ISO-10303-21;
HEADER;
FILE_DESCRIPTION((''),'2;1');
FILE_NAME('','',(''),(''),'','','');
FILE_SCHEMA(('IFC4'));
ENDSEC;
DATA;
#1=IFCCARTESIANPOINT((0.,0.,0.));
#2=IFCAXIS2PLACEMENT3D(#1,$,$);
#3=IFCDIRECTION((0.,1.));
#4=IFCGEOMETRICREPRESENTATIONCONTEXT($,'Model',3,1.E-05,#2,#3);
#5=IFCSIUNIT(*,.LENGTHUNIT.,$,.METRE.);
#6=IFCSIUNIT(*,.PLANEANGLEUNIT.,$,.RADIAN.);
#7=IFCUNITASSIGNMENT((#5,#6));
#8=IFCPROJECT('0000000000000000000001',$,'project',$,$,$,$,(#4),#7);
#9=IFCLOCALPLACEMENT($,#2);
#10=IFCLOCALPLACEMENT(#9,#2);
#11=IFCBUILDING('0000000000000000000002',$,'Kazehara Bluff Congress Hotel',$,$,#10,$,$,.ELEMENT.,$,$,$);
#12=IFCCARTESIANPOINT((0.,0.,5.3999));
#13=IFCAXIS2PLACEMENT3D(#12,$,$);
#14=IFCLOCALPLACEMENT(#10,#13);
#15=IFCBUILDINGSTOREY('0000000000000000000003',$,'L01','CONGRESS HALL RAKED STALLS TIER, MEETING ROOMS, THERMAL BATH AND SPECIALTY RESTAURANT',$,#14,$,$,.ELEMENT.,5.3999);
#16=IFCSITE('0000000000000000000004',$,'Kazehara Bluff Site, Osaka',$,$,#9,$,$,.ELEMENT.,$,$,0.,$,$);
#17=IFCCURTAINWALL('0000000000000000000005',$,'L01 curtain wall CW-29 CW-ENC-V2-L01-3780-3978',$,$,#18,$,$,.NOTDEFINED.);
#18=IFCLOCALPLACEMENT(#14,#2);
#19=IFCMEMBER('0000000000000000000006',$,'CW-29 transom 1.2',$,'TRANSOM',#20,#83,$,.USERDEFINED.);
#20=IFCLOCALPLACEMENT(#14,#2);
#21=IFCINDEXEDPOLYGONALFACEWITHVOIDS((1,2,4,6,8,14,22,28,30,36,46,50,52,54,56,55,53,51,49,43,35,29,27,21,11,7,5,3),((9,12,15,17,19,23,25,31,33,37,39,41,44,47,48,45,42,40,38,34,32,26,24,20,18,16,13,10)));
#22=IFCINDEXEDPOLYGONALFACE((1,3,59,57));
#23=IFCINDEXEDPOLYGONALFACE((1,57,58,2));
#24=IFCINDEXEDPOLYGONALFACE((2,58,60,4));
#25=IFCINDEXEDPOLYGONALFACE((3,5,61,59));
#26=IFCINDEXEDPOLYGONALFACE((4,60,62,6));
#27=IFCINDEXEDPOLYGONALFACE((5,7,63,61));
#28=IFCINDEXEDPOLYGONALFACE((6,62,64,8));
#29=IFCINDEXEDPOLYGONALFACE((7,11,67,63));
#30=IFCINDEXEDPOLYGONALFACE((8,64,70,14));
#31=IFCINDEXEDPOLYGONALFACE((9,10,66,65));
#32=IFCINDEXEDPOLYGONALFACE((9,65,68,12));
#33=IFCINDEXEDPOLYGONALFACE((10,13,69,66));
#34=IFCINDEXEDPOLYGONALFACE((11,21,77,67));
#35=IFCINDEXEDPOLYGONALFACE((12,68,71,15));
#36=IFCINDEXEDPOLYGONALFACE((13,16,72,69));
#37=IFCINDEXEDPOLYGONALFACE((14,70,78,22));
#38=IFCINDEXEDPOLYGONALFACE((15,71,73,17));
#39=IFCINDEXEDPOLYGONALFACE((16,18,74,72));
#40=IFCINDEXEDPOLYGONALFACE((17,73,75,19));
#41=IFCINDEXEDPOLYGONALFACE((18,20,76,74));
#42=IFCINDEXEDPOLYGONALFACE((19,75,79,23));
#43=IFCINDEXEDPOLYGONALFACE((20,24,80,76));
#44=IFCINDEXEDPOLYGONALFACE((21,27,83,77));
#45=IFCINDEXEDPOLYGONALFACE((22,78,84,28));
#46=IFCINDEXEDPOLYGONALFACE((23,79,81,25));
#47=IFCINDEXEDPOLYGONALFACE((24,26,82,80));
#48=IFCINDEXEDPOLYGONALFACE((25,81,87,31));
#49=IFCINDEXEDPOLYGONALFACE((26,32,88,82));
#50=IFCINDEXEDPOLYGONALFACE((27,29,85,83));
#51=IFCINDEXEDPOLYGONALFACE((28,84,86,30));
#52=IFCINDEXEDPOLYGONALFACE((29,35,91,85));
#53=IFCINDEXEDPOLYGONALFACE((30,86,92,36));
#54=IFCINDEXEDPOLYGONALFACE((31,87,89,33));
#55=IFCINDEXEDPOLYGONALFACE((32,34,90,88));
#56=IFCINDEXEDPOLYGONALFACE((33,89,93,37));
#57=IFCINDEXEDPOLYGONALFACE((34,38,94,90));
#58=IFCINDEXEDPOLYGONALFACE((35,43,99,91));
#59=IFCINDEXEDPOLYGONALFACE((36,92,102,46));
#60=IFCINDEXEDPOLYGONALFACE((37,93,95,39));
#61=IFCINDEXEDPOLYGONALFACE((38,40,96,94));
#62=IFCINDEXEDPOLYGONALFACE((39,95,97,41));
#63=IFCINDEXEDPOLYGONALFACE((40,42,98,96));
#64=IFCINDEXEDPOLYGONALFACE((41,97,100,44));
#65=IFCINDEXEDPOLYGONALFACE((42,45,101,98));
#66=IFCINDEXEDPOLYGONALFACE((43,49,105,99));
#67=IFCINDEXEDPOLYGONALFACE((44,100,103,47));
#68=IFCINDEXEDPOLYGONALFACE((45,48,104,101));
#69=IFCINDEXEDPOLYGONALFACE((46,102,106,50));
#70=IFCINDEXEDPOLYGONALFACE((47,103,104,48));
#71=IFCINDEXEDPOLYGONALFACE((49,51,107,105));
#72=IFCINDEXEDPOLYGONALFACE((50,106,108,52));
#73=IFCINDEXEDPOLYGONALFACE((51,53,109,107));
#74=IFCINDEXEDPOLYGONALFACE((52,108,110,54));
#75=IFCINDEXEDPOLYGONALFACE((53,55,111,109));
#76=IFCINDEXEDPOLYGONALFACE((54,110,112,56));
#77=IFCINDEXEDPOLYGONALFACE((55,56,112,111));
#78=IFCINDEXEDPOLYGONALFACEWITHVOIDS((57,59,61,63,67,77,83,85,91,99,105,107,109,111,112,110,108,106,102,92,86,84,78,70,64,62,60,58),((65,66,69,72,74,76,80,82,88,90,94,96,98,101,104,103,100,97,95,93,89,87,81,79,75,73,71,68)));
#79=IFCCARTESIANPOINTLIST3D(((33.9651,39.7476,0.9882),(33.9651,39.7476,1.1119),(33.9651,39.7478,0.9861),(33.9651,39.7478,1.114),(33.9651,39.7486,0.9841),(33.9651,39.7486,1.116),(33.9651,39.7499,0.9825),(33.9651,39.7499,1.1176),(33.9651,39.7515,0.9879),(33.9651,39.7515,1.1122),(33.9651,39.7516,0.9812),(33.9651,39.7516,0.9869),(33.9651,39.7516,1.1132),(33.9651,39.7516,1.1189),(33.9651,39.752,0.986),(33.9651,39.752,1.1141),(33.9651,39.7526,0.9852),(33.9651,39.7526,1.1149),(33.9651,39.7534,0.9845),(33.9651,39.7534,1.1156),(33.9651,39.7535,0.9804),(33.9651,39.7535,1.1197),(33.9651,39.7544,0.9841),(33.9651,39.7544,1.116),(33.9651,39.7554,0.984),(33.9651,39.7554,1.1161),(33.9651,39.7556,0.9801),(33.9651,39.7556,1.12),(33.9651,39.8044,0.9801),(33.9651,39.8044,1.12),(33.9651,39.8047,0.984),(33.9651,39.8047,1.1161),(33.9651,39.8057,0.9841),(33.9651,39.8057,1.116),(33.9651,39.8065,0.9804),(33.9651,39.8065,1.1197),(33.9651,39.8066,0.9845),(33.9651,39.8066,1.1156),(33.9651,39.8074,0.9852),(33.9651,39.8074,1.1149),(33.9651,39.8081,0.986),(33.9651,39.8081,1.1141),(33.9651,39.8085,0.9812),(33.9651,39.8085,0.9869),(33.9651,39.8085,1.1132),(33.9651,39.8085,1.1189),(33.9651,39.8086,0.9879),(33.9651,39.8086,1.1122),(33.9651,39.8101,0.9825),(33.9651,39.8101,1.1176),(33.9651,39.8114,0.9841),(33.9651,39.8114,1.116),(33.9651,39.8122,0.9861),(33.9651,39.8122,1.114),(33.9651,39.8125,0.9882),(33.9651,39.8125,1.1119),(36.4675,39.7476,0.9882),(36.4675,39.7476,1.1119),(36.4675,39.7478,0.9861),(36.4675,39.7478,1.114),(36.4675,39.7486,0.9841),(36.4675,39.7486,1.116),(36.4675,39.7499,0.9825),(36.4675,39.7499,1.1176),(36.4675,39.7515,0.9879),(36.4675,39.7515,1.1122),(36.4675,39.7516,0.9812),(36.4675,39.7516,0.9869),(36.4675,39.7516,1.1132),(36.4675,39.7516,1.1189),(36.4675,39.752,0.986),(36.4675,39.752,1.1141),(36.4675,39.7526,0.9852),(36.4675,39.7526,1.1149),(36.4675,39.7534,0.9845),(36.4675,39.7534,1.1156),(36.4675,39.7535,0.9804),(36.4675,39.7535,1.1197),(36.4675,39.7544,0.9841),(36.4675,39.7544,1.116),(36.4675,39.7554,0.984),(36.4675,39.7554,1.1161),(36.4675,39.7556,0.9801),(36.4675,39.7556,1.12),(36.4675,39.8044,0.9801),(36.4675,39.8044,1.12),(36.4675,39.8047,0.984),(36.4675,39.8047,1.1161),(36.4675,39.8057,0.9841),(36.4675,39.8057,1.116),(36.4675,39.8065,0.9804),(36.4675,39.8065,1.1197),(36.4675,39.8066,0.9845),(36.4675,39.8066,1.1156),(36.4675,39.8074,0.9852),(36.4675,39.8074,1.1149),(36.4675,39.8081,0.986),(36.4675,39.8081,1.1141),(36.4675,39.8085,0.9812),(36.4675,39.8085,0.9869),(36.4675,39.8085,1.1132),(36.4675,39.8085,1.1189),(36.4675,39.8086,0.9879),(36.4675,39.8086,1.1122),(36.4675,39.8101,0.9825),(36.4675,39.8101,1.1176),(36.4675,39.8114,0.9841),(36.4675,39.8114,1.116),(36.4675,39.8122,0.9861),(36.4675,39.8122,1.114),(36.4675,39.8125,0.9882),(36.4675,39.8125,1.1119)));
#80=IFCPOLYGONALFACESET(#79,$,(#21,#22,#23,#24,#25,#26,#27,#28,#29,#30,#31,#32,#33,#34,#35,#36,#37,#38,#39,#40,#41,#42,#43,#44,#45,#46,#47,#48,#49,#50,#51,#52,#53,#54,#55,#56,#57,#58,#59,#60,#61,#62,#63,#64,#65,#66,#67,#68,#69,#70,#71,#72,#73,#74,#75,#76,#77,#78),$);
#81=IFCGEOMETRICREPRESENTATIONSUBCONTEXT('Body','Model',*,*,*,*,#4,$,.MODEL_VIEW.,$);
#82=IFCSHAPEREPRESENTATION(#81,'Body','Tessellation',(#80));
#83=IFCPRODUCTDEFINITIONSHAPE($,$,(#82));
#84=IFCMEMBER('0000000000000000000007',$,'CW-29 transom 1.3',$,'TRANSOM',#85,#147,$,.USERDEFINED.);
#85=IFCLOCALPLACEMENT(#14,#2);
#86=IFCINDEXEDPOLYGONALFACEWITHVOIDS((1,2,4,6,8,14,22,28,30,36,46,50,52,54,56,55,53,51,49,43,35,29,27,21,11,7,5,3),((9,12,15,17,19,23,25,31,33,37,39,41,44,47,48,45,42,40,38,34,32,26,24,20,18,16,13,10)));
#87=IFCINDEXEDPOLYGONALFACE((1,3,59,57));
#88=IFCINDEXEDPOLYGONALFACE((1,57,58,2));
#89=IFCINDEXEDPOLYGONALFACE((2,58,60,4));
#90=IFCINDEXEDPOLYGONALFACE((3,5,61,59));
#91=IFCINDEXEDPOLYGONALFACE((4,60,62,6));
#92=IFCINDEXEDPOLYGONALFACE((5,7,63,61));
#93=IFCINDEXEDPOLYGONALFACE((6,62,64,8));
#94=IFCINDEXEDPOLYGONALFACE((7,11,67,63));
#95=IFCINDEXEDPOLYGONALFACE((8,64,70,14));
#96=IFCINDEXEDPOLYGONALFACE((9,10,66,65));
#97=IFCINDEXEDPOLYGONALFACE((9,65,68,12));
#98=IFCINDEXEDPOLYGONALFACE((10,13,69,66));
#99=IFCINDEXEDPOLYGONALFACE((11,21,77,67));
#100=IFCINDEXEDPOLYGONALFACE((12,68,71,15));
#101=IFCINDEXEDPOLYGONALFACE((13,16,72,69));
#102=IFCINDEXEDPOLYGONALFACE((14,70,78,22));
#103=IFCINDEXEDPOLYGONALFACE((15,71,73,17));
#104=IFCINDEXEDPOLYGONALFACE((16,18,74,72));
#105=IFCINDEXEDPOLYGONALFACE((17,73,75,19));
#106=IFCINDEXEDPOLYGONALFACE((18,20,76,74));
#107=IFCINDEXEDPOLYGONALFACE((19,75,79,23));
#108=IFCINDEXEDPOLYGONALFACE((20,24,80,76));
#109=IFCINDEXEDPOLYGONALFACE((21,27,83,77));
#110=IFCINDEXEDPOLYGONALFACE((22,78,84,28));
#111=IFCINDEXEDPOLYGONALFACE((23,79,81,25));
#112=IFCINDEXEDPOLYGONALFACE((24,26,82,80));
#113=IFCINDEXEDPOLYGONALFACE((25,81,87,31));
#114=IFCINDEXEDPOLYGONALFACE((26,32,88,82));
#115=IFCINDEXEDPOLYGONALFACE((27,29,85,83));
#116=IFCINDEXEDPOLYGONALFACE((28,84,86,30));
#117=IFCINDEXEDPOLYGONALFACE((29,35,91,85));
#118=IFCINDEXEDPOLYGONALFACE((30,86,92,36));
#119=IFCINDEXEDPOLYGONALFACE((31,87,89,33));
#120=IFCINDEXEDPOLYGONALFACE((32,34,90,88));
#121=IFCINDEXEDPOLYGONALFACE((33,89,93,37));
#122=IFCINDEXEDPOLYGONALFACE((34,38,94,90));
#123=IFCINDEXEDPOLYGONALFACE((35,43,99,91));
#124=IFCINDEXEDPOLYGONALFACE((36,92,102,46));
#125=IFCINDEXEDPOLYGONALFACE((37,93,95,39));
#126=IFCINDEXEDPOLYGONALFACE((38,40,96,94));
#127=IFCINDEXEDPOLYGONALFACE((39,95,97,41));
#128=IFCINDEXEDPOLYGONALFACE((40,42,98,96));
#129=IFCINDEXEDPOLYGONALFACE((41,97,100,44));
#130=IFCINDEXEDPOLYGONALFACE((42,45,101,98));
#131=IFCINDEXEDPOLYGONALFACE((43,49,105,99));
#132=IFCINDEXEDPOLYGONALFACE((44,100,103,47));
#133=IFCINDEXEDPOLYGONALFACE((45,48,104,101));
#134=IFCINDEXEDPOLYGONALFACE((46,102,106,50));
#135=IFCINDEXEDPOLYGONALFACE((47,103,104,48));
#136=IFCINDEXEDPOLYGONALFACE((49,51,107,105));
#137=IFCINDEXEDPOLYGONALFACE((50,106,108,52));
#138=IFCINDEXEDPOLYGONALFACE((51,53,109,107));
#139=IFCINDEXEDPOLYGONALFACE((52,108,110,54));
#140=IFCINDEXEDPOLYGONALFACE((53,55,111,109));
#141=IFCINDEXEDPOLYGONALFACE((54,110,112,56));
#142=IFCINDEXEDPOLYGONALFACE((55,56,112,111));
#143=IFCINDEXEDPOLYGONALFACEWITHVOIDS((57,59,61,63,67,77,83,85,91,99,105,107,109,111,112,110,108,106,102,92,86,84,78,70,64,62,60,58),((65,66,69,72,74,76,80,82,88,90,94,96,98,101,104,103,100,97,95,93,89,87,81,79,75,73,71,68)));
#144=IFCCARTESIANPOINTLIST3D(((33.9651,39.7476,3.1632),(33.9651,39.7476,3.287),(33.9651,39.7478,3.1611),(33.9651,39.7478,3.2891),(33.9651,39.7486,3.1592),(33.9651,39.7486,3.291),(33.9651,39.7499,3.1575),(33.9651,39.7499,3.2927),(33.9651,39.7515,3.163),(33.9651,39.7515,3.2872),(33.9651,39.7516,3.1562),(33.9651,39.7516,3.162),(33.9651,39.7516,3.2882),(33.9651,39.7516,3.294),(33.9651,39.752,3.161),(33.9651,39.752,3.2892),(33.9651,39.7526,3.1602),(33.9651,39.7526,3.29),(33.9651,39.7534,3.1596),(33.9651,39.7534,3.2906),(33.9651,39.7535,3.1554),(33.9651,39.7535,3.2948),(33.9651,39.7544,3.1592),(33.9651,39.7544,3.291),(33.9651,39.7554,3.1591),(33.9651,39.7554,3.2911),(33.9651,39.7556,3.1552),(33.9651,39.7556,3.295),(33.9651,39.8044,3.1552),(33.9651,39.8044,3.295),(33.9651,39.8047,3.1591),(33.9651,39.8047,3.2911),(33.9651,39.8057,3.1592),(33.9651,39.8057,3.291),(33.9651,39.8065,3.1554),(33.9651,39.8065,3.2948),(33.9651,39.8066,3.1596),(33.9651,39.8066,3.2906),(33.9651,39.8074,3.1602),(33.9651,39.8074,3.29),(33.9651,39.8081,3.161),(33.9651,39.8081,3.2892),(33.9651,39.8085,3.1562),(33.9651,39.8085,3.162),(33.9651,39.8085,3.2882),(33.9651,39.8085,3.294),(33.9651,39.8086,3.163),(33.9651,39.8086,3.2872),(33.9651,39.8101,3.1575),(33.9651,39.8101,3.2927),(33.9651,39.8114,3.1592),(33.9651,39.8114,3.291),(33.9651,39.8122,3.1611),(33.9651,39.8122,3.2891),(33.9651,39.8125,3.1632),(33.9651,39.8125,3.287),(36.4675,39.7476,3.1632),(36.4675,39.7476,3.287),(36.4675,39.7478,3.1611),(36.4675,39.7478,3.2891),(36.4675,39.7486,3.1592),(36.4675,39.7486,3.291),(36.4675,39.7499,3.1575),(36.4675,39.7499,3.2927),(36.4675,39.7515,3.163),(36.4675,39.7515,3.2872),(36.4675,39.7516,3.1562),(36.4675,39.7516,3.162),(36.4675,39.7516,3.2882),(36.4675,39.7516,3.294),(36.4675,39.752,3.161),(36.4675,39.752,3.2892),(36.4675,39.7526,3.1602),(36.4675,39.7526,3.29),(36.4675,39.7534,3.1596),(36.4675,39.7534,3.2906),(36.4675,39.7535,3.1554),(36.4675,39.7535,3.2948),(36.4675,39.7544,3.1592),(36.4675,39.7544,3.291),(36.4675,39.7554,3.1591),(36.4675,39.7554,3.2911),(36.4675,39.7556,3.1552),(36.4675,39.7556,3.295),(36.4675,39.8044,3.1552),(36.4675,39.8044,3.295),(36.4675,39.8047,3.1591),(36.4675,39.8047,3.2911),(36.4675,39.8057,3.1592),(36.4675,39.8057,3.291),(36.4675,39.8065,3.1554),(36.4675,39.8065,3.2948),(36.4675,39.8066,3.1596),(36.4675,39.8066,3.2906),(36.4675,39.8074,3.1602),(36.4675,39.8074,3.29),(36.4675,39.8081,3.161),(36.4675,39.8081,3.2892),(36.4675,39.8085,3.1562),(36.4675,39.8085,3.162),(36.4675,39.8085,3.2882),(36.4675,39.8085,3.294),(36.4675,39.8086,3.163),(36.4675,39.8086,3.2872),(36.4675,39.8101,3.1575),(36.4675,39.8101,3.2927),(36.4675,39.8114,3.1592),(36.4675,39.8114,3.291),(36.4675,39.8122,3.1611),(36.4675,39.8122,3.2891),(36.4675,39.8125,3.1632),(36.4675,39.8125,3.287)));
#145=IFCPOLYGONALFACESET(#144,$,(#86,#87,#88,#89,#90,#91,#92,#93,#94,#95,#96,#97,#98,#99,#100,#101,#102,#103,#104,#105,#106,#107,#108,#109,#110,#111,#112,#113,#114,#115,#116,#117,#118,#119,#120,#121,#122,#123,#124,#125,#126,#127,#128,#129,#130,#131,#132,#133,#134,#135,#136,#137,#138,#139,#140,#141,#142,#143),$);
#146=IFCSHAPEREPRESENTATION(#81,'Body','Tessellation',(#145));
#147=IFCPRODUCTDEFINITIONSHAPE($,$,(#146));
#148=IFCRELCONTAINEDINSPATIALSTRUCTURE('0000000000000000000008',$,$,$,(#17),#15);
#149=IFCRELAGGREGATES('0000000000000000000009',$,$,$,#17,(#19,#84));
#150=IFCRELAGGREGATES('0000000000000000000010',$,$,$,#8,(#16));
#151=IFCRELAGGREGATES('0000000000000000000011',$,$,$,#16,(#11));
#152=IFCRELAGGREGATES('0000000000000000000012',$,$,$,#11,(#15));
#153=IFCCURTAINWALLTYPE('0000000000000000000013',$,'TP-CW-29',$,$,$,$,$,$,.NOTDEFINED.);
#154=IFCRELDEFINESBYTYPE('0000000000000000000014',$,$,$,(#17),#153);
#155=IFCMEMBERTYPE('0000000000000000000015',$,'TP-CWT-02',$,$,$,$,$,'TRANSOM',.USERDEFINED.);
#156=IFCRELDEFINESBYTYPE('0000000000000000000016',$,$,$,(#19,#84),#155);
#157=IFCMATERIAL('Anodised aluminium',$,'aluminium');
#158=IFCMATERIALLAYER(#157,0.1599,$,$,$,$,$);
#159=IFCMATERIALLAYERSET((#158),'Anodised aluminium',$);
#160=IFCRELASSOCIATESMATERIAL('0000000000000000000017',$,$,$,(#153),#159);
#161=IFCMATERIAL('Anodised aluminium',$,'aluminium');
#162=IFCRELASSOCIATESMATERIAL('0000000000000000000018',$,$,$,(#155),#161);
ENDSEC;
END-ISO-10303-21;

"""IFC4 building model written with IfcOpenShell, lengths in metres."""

from ifc_helpers import new_model, si_unit, direction, frame, origin, origin_2d, place, context, subcontext, project, spatial, hollow_rectangle, extrude, material, layer, layer_set, material_profile, profile_set, type_object, element, aggregate, save


model = new_model("IFC4")

# Units and contexts
model_context = context("Model", 3, precision=1e-05, world=origin(), true_north=direction((0.0, 1.0)))
body_context = subcontext(model_context, "Body", "Model", "MODEL_VIEW")
ifc_project = project(units=[si_unit("LENGTHUNIT", "METRE"), si_unit("PLANEANGLEUNIT", "RADIAN")], contexts=[model_context])

# Site, building, storey
site_placement = place(None, origin())
site = spatial("IfcSite", under=ifc_project, at=site_placement, Name="Kazehara Bluff Site, Osaka", CompositionType="ELEMENT", RefElevation=0.0)
building_placement = place(site_placement, origin())
building = spatial("IfcBuilding", under=site, at=building_placement, Name="Kazehara Bluff Congress Hotel", CompositionType="ELEMENT")
storey_placement = place(building_placement, frame((0.0, 0.0, 5.3999)))
storey = spatial("IfcBuildingStorey", under=building, at=storey_placement, Name="L01", Description="CONGRESS HALL RAKED STALLS TIER, MEETING ROOMS, THERMAL BATH AND SPECIALTY RESTAURANT", CompositionType="ELEMENT", Elevation=5.3999)

# Curtain wall
ifc_material_1 = material(Name="Anodised aluminium", Category="aluminium")
ifc_layer_1 = layer(ifc_material_1, 0.1599)
ifc_layer_set_1 = layer_set([ifc_layer_1], Name="Anodised aluminium")
curtain_wall_type_1 = type_object("IfcCurtainWallType", Name="TP-CW-29", PredefinedType="NOTDEFINED", material=ifc_layer_set_1)
curtain_wall_1_placement = place(storey_placement, origin())
curtain_wall_1 = element("IfcCurtainWall", 1, at=curtain_wall_1_placement, inside=storey, type_object=curtain_wall_type_1, Name="L01 curtain wall CW-29 CW-ENC-V2-L01-3780-3978", PredefinedType="NOTDEFINED")

# Members
ifc_material_2 = material(Name="Anodised aluminium", Category="aluminium")
ifc_material_profile_1 = material_profile(ifc_material_2, hollow_rectangle(XDim=0.0649, YDim=0.1399, WallThickness=0.0039, InnerFilletRadius=0.0039, OuterFilletRadius=0.0081, at=origin_2d()))
ifc_profile_set_1 = profile_set([ifc_material_profile_1], Name="Anodised aluminium")
member_type_1 = type_object("IfcMemberType", Name="TP-CWT-02", ElementType="TRANSOM", PredefinedType="USERDEFINED", material=ifc_profile_set_1)
member_1_placement = place(storey_placement, frame((33.9651, 39.78, 1.05), z_axis=(1.0, 0.0, 0.0), x_axis=(0.0, 1.0, 0.0)))
member_1 = element("IfcMember", 2, at=member_1_placement, type_object=member_type_1, Name="CW-29 transom 1.2", ObjectType="TRANSOM", PredefinedType="USERDEFINED", context=body_context, shape_type="SweptSolid", body=[
    extrude(hollow_rectangle(XDim=0.0649, YDim=0.1399, WallThickness=0.0039, InnerFilletRadius=0.0039, OuterFilletRadius=0.0081, at=origin_2d()), origin(), (0.0, 0.0, 1.0), 2.5024),
])
member_2_placement = place(storey_placement, frame((33.9651, 39.78, 3.2251), z_axis=(1.0, 0.0, 0.0), x_axis=(0.0, 1.0, 0.0)))
member_2 = element("IfcMember", 3, at=member_2_placement, type_object=member_type_1, Name="CW-29 transom 1.3", ObjectType="TRANSOM", PredefinedType="USERDEFINED", context=body_context, shape_type="SweptSolid", body=[
    extrude(hollow_rectangle(XDim=0.0649, YDim=0.1399, WallThickness=0.0039, InnerFilletRadius=0.0039, OuterFilletRadius=0.0081, at=origin_2d()), origin(), (0.0, 0.0, 1.0), 2.5024),
])

aggregate(curtain_wall_1, [member_1, member_2])

save(model, "model.ifc")
